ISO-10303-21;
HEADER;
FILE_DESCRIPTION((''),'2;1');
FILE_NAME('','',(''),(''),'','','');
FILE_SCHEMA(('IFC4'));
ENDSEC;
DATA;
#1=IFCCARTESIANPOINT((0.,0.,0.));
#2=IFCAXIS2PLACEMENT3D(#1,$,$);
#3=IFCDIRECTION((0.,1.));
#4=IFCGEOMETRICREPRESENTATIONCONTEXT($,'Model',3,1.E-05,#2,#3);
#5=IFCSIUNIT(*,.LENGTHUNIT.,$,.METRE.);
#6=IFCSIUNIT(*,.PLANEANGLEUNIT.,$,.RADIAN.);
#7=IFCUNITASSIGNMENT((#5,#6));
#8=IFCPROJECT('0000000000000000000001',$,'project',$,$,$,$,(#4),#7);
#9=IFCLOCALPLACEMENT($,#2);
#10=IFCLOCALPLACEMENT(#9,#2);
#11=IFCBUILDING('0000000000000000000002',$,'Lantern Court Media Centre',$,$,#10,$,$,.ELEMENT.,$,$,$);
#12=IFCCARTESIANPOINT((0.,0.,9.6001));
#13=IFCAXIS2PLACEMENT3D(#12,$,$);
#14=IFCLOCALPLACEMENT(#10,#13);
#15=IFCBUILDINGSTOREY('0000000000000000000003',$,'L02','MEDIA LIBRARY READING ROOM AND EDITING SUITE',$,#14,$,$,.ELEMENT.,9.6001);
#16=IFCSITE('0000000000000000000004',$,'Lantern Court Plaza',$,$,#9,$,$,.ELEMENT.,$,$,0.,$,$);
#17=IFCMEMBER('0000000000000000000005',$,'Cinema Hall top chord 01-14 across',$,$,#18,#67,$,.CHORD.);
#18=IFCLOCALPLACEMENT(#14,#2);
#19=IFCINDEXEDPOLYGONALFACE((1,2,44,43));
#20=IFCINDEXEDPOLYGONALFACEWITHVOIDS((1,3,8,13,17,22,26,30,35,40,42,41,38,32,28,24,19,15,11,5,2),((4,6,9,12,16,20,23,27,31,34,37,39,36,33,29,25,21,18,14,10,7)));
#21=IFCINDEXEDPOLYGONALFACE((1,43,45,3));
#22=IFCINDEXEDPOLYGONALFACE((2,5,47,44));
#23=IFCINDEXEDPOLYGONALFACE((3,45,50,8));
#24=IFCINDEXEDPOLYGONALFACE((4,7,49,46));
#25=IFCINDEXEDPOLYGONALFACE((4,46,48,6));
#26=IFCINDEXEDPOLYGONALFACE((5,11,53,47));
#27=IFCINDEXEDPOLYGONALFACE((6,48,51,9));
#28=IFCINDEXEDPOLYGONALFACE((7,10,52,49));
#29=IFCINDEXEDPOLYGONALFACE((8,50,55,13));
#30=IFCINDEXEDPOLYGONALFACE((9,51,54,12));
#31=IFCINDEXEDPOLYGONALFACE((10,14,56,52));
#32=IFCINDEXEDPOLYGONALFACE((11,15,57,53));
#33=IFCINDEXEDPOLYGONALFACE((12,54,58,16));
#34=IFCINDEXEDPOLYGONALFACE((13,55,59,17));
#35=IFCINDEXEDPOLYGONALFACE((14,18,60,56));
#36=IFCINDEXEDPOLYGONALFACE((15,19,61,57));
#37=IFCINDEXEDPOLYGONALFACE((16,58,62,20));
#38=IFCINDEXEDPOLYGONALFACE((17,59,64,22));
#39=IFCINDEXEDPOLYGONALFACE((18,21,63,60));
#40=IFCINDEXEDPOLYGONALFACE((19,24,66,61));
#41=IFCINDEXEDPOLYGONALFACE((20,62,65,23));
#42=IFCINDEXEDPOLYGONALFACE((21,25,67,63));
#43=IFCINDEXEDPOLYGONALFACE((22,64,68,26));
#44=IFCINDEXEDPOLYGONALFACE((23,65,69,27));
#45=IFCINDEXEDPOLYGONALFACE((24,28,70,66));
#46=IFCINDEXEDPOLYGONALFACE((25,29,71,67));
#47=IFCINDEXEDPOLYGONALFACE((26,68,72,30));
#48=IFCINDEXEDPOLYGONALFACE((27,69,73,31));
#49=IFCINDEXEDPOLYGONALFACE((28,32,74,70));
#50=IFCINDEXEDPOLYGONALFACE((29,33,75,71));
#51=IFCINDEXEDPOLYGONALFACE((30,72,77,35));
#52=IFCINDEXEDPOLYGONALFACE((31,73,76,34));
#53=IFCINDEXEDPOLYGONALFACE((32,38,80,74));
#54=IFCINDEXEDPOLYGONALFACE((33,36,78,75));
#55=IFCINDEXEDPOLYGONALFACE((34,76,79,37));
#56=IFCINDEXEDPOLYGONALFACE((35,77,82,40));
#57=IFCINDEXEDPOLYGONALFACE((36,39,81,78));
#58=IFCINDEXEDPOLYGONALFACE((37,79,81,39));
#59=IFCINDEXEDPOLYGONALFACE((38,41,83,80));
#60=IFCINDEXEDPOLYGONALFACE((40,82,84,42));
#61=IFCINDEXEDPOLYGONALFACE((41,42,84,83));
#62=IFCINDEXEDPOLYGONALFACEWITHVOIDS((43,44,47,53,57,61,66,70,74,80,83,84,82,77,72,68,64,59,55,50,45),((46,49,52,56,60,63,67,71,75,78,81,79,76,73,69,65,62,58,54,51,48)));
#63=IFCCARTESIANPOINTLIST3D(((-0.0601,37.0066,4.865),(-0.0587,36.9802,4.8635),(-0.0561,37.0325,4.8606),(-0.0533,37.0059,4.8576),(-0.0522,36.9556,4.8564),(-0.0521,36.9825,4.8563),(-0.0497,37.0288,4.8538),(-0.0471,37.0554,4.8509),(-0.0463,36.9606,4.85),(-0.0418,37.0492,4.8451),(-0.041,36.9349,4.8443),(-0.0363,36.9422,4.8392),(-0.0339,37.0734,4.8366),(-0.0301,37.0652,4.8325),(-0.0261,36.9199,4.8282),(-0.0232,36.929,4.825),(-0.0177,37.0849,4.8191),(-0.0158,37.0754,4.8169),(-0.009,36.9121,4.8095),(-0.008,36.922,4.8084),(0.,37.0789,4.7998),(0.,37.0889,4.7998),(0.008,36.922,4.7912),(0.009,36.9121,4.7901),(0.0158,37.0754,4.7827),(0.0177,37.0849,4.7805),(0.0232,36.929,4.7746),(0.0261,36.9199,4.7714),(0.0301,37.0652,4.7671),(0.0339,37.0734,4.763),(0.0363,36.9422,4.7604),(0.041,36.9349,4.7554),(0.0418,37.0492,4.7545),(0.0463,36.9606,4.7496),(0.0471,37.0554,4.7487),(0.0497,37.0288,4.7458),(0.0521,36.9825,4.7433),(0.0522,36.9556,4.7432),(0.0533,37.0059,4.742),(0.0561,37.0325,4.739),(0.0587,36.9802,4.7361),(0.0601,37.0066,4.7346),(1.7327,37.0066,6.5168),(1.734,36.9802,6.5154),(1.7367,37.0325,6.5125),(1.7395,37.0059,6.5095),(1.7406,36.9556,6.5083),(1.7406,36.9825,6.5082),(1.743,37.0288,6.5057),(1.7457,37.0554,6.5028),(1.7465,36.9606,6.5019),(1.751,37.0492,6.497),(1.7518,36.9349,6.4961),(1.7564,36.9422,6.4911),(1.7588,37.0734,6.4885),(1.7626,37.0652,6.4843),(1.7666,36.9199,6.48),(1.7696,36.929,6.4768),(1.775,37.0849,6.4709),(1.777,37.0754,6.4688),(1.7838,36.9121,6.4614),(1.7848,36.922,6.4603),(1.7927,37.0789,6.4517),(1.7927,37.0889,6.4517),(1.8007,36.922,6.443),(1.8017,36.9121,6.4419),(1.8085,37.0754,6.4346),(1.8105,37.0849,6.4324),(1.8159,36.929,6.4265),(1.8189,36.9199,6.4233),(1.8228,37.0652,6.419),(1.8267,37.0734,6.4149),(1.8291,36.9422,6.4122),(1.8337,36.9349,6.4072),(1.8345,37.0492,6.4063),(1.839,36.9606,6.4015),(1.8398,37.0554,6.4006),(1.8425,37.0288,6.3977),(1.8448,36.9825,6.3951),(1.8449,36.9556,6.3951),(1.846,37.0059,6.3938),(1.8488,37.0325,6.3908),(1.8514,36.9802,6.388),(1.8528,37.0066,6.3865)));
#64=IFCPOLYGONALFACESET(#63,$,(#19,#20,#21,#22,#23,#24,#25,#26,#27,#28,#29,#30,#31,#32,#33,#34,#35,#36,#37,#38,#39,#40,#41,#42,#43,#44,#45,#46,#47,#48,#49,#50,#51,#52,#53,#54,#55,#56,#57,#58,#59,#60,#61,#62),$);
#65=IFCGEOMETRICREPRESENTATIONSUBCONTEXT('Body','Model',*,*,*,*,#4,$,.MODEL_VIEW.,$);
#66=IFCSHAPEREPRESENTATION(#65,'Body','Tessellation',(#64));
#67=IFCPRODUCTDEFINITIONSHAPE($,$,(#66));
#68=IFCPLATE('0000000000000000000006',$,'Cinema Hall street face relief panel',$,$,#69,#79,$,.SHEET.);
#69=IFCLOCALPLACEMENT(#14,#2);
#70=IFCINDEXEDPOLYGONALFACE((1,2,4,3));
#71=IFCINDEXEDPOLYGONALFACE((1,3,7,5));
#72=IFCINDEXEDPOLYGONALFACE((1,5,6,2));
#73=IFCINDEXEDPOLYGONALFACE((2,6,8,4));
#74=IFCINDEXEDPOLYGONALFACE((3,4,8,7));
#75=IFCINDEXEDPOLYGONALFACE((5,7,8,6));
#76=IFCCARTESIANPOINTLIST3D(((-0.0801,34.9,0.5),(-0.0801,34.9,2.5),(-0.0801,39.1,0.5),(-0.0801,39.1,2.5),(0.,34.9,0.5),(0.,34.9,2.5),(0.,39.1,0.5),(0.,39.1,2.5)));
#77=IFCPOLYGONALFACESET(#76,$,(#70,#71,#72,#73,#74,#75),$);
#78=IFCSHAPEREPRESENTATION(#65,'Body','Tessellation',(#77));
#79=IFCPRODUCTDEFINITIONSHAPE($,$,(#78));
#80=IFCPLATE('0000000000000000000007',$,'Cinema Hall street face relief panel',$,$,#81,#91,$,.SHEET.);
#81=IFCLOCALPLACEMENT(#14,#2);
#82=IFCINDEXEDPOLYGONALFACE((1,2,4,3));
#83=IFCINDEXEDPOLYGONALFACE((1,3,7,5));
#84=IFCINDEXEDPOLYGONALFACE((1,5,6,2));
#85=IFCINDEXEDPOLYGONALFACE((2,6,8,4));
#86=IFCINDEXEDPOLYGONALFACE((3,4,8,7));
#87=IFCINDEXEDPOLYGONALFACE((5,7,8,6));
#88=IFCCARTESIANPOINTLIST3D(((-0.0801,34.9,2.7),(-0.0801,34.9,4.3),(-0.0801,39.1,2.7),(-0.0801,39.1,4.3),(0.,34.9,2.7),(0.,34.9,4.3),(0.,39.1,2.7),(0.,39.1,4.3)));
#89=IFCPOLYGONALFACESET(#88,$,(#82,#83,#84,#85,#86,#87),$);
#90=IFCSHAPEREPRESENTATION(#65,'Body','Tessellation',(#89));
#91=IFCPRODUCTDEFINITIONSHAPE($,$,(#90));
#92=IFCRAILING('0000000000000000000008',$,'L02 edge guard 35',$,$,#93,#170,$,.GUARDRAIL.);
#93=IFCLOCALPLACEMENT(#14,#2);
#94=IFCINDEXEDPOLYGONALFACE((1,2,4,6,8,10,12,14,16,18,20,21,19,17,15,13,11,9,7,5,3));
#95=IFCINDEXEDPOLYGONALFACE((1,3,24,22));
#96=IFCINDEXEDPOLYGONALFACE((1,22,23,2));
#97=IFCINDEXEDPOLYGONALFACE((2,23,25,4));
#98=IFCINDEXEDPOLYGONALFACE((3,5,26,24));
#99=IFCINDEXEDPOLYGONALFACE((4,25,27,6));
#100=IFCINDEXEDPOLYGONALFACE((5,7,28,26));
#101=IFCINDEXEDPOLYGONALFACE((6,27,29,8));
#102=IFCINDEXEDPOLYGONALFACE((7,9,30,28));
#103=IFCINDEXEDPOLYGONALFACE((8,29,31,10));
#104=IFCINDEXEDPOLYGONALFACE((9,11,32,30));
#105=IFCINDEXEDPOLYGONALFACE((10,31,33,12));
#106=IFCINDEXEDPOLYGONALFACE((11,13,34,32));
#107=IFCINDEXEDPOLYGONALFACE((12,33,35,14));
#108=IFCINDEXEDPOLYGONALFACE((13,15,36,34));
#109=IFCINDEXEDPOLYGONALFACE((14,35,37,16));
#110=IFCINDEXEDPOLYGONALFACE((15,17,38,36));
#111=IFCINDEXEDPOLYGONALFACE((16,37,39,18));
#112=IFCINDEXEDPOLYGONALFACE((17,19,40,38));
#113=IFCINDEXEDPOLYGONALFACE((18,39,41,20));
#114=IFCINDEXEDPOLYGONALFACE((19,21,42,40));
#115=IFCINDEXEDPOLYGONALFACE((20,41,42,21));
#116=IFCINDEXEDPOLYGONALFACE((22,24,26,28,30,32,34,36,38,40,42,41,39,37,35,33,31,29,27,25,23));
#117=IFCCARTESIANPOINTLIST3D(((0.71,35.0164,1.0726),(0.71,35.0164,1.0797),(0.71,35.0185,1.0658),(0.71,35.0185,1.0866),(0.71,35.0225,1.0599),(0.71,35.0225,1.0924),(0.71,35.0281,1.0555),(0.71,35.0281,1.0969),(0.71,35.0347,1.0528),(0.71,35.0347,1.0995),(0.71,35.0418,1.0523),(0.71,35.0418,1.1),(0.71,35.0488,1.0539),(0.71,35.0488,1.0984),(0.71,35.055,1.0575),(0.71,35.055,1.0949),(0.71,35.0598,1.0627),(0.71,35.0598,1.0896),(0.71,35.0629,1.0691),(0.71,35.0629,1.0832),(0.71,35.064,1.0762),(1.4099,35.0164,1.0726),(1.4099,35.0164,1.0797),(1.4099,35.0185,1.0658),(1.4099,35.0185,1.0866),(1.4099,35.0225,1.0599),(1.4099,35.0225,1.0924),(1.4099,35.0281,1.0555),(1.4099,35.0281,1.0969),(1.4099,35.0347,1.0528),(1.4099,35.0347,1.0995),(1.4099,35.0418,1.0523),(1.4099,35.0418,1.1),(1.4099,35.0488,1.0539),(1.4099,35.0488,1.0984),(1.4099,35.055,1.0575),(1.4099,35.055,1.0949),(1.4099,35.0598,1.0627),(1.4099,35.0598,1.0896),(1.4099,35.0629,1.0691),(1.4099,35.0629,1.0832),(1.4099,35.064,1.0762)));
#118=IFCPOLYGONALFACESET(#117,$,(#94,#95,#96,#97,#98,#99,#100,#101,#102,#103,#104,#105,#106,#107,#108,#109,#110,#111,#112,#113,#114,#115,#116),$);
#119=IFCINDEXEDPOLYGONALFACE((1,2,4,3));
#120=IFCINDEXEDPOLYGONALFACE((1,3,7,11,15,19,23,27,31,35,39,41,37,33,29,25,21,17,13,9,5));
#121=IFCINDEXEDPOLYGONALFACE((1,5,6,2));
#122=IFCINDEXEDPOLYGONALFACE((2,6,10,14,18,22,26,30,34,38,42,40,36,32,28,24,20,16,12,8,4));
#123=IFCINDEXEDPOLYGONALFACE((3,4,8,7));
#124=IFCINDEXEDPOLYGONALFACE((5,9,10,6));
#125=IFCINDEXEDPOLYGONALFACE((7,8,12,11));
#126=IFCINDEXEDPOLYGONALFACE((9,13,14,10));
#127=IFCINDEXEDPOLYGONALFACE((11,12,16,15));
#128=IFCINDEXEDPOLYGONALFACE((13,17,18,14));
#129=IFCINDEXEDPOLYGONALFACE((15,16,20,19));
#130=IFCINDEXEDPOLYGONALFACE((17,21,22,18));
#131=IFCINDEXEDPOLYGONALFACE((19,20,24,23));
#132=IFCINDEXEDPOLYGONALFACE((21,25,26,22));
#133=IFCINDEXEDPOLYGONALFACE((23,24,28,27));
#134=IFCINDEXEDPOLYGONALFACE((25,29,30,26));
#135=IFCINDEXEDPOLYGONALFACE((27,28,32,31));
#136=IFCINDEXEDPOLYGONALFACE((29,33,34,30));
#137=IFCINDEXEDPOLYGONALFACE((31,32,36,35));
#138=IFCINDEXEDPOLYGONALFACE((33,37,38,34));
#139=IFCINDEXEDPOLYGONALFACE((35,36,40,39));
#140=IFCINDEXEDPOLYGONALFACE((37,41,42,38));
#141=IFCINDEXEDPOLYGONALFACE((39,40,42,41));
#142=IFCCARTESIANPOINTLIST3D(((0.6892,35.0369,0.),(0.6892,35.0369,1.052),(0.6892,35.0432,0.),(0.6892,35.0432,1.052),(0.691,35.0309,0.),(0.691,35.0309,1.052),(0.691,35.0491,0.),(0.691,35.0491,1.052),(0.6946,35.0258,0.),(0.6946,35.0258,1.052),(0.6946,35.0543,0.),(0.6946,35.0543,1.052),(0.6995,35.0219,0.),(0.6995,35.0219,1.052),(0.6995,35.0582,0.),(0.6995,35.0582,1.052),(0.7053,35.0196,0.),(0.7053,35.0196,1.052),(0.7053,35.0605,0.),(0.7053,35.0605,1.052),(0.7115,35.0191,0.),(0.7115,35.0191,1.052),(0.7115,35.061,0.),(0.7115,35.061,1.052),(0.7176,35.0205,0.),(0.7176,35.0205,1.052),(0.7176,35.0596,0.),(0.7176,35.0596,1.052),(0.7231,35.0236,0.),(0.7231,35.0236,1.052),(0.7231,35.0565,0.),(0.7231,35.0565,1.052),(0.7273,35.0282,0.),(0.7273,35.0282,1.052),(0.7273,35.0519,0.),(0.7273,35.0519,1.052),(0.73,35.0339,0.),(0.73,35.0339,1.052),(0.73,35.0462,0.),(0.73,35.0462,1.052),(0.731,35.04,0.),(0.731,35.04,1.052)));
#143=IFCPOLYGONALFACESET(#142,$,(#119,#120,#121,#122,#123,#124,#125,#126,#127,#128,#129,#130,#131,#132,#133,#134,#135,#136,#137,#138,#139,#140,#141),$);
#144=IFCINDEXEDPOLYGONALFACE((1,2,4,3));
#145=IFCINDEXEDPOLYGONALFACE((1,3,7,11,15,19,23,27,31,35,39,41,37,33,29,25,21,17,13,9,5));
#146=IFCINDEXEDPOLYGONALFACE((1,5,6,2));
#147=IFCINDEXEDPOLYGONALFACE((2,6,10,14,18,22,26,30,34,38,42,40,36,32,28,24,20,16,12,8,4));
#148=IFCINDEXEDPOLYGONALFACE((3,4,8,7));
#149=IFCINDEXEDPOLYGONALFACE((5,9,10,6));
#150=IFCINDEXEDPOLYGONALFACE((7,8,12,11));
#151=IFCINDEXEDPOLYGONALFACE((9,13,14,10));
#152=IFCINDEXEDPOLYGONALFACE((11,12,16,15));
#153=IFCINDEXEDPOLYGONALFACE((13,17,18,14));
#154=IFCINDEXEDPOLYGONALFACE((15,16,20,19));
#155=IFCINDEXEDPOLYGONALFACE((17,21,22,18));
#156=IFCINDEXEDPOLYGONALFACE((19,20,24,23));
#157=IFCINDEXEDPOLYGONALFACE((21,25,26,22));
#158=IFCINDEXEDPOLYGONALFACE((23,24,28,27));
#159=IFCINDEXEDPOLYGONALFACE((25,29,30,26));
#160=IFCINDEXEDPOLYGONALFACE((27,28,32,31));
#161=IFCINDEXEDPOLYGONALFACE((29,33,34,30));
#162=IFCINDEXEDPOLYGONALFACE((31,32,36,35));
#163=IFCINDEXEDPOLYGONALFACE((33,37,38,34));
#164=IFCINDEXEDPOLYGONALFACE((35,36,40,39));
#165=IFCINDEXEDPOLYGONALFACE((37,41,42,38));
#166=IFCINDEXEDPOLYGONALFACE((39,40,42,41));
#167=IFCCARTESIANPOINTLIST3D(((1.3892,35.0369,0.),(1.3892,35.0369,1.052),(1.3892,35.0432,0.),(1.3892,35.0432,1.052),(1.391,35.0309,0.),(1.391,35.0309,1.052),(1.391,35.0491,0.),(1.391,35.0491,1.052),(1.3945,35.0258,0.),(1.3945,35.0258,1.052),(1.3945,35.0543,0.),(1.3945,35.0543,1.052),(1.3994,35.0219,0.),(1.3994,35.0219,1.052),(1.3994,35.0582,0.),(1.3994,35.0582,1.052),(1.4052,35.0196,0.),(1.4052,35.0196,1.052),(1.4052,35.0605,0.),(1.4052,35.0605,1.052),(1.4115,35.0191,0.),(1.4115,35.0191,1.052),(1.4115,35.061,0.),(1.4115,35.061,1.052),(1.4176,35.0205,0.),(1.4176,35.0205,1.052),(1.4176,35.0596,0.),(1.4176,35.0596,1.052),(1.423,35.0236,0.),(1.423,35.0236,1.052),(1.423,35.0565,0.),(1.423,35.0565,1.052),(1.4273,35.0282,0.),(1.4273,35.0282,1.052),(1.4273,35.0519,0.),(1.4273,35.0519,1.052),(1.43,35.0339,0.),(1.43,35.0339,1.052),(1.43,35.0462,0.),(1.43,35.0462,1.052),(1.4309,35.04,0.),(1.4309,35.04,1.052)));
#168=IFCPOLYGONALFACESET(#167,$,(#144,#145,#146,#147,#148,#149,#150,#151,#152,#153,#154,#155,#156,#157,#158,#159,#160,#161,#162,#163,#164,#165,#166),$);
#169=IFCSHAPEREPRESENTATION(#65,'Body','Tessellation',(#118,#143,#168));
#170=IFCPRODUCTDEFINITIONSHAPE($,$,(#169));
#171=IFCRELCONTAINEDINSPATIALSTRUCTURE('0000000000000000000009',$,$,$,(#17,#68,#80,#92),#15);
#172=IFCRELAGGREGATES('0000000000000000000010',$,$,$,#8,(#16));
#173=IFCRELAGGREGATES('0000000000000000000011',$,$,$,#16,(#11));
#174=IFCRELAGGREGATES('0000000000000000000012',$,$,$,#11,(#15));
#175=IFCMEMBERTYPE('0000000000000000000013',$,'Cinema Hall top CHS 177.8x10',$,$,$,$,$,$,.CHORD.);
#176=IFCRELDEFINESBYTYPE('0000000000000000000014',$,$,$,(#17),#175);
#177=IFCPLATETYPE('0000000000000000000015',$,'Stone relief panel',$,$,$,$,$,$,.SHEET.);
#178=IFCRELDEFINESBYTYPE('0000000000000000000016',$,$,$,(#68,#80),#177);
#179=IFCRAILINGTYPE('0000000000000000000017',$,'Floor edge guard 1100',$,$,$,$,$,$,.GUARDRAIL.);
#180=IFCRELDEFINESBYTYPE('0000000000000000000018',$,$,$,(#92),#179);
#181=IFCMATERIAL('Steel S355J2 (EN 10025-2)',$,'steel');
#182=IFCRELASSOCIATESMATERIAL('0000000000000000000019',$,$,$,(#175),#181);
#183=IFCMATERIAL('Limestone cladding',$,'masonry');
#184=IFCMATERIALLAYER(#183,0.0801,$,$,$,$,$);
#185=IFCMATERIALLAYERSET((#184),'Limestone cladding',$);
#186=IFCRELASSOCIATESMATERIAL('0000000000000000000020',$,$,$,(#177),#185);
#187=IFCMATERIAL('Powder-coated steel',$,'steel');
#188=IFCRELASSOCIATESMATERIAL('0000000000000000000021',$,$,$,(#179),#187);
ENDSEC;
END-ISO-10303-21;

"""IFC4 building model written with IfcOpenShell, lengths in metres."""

from ifc_helpers import new_model, si_unit, direction, frame, origin, origin_2d, place, context, subcontext, project, spatial, rectangle, circle, hollow_circle, extrude, material, layer, layer_set, material_profile, profile_set, type_object, element, save


model = new_model("IFC4")

# Units and contexts
model_context = context("Model", 3, precision=1e-05, world=origin(), true_north=direction((0.0, 1.0)))
body_context = subcontext(model_context, "Body", "Model", "MODEL_VIEW")
ifc_project = project(units=[si_unit("LENGTHUNIT", "METRE"), si_unit("PLANEANGLEUNIT", "RADIAN")], contexts=[model_context])

# Site, building, storey
site_placement = place(None, origin())
site = spatial("IfcSite", under=ifc_project, at=site_placement, Name="Lantern Court Plaza", CompositionType="ELEMENT", RefElevation=0.0)
building_placement = place(site_placement, origin())
building = spatial("IfcBuilding", under=site, at=building_placement, Name="Lantern Court Media Centre", CompositionType="ELEMENT")
storey_placement = place(building_placement, frame((0.0, 0.0, 9.6001)))
storey = spatial("IfcBuildingStorey", under=building, at=storey_placement, Name="L02", Description="MEDIA LIBRARY READING ROOM AND EDITING SUITE", CompositionType="ELEMENT", Elevation=9.6001)

# Member
ifc_material_1 = material(Name="Steel S355J2 (EN 10025-2)", Category="steel")
ifc_material_profile_1 = material_profile(ifc_material_1, hollow_circle(Radius=0.0889, WallThickness=0.01, at=origin_2d()), Name="Cinema Hall top CHS 177.8x10")
ifc_profile_set_1 = profile_set([ifc_material_profile_1], Name="Steel S355J2 (EN 10025-2)")
member_type_1 = type_object("IfcMemberType", Name="Cinema Hall top CHS 177.8x10", PredefinedType="CHORD", material=ifc_profile_set_1)
member_1_placement = place(storey_placement, frame((0.0, 37.0, 4.7998), z_axis=(0.73541, 0.0, 0.677623), x_axis=(0.0, 1.0, 0.0)))
element("IfcMember", 1, at=member_1_placement, inside=storey, type_object=member_type_1, Name="Cinema Hall top chord 01-14 across", PredefinedType="CHORD", context=body_context, shape_type="SweptSolid", body=[
    extrude(hollow_circle(Radius=0.0889, WallThickness=0.01, at=origin_2d()), origin(), (0.0, 0.0, 1.0), 2.4377),
])

# Plates
ifc_material_2 = material(Name="Limestone cladding", Category="masonry")
ifc_layer = layer(ifc_material_2, 0.0801)
ifc_layer_set = layer_set([ifc_layer], Name="Limestone cladding")
plate_type = type_object("IfcPlateType", Name="Stone relief panel", PredefinedType="SHEET", material=ifc_layer_set)
plate_1_placement = place(storey_placement, frame((-0.04, 37.0, 0.5), z_axis=(0.0, 0.0, 1.0), x_axis=(1.0, 0.0, 0.0)))
element("IfcPlate", 2, at=plate_1_placement, inside=storey, type_object=plate_type, Name="Cinema Hall street face relief panel", PredefinedType="SHEET", context=body_context, shape_type="SweptSolid", body=[
    extrude(rectangle(XDim=0.0801, YDim=4.2, at=origin_2d()), origin(), (0.0, 0.0, 1.0), 2.0),
])
plate_2_placement = place(storey_placement, frame((-0.04, 37.0, 2.7), z_axis=(0.0, 0.0, 1.0), x_axis=(1.0, 0.0, 0.0)))
element("IfcPlate", 3, at=plate_2_placement, inside=storey, type_object=plate_type, Name="Cinema Hall street face relief panel", PredefinedType="SHEET", context=body_context, shape_type="SweptSolid", body=[
    extrude(rectangle(XDim=0.0801, YDim=4.2, at=origin_2d()), origin(), (0.0, 0.0, 1.0), 1.6001),
])

# Railing
ifc_material_3 = material(Name="Powder-coated steel", Category="steel")
railing_type_1 = type_object("IfcRailingType", Name="Floor edge guard 1100", PredefinedType="GUARDRAIL", material=ifc_material_3)
railing_1_placement = place(storey_placement, frame((0.71, 35.04, 0.0)))
element("IfcRailing", 4, at=railing_1_placement, inside=storey, type_object=railing_type_1, Name="L02 edge guard 35", PredefinedType="GUARDRAIL", context=body_context, shape_type="SweptSolid", body=[
    extrude(circle(Radius=0.0239, at=origin_2d()), frame((0.0, 0.0, 1.0762), z_axis=(1.0, 0.0, 0.0), x_axis=(0.0, 1.0, 0.0)), (0.0, 0.0, 1.0), 0.7),
    extrude(circle(Radius=0.021, at=origin_2d()), origin(), (0.0, 0.0, 1.0), 1.052),
    extrude(circle(Radius=0.021, at=origin_2d()), frame((0.7, 0.0, 0.0)), (0.0, 0.0, 1.0), 1.052),
])

save(model, "model.ifc")
